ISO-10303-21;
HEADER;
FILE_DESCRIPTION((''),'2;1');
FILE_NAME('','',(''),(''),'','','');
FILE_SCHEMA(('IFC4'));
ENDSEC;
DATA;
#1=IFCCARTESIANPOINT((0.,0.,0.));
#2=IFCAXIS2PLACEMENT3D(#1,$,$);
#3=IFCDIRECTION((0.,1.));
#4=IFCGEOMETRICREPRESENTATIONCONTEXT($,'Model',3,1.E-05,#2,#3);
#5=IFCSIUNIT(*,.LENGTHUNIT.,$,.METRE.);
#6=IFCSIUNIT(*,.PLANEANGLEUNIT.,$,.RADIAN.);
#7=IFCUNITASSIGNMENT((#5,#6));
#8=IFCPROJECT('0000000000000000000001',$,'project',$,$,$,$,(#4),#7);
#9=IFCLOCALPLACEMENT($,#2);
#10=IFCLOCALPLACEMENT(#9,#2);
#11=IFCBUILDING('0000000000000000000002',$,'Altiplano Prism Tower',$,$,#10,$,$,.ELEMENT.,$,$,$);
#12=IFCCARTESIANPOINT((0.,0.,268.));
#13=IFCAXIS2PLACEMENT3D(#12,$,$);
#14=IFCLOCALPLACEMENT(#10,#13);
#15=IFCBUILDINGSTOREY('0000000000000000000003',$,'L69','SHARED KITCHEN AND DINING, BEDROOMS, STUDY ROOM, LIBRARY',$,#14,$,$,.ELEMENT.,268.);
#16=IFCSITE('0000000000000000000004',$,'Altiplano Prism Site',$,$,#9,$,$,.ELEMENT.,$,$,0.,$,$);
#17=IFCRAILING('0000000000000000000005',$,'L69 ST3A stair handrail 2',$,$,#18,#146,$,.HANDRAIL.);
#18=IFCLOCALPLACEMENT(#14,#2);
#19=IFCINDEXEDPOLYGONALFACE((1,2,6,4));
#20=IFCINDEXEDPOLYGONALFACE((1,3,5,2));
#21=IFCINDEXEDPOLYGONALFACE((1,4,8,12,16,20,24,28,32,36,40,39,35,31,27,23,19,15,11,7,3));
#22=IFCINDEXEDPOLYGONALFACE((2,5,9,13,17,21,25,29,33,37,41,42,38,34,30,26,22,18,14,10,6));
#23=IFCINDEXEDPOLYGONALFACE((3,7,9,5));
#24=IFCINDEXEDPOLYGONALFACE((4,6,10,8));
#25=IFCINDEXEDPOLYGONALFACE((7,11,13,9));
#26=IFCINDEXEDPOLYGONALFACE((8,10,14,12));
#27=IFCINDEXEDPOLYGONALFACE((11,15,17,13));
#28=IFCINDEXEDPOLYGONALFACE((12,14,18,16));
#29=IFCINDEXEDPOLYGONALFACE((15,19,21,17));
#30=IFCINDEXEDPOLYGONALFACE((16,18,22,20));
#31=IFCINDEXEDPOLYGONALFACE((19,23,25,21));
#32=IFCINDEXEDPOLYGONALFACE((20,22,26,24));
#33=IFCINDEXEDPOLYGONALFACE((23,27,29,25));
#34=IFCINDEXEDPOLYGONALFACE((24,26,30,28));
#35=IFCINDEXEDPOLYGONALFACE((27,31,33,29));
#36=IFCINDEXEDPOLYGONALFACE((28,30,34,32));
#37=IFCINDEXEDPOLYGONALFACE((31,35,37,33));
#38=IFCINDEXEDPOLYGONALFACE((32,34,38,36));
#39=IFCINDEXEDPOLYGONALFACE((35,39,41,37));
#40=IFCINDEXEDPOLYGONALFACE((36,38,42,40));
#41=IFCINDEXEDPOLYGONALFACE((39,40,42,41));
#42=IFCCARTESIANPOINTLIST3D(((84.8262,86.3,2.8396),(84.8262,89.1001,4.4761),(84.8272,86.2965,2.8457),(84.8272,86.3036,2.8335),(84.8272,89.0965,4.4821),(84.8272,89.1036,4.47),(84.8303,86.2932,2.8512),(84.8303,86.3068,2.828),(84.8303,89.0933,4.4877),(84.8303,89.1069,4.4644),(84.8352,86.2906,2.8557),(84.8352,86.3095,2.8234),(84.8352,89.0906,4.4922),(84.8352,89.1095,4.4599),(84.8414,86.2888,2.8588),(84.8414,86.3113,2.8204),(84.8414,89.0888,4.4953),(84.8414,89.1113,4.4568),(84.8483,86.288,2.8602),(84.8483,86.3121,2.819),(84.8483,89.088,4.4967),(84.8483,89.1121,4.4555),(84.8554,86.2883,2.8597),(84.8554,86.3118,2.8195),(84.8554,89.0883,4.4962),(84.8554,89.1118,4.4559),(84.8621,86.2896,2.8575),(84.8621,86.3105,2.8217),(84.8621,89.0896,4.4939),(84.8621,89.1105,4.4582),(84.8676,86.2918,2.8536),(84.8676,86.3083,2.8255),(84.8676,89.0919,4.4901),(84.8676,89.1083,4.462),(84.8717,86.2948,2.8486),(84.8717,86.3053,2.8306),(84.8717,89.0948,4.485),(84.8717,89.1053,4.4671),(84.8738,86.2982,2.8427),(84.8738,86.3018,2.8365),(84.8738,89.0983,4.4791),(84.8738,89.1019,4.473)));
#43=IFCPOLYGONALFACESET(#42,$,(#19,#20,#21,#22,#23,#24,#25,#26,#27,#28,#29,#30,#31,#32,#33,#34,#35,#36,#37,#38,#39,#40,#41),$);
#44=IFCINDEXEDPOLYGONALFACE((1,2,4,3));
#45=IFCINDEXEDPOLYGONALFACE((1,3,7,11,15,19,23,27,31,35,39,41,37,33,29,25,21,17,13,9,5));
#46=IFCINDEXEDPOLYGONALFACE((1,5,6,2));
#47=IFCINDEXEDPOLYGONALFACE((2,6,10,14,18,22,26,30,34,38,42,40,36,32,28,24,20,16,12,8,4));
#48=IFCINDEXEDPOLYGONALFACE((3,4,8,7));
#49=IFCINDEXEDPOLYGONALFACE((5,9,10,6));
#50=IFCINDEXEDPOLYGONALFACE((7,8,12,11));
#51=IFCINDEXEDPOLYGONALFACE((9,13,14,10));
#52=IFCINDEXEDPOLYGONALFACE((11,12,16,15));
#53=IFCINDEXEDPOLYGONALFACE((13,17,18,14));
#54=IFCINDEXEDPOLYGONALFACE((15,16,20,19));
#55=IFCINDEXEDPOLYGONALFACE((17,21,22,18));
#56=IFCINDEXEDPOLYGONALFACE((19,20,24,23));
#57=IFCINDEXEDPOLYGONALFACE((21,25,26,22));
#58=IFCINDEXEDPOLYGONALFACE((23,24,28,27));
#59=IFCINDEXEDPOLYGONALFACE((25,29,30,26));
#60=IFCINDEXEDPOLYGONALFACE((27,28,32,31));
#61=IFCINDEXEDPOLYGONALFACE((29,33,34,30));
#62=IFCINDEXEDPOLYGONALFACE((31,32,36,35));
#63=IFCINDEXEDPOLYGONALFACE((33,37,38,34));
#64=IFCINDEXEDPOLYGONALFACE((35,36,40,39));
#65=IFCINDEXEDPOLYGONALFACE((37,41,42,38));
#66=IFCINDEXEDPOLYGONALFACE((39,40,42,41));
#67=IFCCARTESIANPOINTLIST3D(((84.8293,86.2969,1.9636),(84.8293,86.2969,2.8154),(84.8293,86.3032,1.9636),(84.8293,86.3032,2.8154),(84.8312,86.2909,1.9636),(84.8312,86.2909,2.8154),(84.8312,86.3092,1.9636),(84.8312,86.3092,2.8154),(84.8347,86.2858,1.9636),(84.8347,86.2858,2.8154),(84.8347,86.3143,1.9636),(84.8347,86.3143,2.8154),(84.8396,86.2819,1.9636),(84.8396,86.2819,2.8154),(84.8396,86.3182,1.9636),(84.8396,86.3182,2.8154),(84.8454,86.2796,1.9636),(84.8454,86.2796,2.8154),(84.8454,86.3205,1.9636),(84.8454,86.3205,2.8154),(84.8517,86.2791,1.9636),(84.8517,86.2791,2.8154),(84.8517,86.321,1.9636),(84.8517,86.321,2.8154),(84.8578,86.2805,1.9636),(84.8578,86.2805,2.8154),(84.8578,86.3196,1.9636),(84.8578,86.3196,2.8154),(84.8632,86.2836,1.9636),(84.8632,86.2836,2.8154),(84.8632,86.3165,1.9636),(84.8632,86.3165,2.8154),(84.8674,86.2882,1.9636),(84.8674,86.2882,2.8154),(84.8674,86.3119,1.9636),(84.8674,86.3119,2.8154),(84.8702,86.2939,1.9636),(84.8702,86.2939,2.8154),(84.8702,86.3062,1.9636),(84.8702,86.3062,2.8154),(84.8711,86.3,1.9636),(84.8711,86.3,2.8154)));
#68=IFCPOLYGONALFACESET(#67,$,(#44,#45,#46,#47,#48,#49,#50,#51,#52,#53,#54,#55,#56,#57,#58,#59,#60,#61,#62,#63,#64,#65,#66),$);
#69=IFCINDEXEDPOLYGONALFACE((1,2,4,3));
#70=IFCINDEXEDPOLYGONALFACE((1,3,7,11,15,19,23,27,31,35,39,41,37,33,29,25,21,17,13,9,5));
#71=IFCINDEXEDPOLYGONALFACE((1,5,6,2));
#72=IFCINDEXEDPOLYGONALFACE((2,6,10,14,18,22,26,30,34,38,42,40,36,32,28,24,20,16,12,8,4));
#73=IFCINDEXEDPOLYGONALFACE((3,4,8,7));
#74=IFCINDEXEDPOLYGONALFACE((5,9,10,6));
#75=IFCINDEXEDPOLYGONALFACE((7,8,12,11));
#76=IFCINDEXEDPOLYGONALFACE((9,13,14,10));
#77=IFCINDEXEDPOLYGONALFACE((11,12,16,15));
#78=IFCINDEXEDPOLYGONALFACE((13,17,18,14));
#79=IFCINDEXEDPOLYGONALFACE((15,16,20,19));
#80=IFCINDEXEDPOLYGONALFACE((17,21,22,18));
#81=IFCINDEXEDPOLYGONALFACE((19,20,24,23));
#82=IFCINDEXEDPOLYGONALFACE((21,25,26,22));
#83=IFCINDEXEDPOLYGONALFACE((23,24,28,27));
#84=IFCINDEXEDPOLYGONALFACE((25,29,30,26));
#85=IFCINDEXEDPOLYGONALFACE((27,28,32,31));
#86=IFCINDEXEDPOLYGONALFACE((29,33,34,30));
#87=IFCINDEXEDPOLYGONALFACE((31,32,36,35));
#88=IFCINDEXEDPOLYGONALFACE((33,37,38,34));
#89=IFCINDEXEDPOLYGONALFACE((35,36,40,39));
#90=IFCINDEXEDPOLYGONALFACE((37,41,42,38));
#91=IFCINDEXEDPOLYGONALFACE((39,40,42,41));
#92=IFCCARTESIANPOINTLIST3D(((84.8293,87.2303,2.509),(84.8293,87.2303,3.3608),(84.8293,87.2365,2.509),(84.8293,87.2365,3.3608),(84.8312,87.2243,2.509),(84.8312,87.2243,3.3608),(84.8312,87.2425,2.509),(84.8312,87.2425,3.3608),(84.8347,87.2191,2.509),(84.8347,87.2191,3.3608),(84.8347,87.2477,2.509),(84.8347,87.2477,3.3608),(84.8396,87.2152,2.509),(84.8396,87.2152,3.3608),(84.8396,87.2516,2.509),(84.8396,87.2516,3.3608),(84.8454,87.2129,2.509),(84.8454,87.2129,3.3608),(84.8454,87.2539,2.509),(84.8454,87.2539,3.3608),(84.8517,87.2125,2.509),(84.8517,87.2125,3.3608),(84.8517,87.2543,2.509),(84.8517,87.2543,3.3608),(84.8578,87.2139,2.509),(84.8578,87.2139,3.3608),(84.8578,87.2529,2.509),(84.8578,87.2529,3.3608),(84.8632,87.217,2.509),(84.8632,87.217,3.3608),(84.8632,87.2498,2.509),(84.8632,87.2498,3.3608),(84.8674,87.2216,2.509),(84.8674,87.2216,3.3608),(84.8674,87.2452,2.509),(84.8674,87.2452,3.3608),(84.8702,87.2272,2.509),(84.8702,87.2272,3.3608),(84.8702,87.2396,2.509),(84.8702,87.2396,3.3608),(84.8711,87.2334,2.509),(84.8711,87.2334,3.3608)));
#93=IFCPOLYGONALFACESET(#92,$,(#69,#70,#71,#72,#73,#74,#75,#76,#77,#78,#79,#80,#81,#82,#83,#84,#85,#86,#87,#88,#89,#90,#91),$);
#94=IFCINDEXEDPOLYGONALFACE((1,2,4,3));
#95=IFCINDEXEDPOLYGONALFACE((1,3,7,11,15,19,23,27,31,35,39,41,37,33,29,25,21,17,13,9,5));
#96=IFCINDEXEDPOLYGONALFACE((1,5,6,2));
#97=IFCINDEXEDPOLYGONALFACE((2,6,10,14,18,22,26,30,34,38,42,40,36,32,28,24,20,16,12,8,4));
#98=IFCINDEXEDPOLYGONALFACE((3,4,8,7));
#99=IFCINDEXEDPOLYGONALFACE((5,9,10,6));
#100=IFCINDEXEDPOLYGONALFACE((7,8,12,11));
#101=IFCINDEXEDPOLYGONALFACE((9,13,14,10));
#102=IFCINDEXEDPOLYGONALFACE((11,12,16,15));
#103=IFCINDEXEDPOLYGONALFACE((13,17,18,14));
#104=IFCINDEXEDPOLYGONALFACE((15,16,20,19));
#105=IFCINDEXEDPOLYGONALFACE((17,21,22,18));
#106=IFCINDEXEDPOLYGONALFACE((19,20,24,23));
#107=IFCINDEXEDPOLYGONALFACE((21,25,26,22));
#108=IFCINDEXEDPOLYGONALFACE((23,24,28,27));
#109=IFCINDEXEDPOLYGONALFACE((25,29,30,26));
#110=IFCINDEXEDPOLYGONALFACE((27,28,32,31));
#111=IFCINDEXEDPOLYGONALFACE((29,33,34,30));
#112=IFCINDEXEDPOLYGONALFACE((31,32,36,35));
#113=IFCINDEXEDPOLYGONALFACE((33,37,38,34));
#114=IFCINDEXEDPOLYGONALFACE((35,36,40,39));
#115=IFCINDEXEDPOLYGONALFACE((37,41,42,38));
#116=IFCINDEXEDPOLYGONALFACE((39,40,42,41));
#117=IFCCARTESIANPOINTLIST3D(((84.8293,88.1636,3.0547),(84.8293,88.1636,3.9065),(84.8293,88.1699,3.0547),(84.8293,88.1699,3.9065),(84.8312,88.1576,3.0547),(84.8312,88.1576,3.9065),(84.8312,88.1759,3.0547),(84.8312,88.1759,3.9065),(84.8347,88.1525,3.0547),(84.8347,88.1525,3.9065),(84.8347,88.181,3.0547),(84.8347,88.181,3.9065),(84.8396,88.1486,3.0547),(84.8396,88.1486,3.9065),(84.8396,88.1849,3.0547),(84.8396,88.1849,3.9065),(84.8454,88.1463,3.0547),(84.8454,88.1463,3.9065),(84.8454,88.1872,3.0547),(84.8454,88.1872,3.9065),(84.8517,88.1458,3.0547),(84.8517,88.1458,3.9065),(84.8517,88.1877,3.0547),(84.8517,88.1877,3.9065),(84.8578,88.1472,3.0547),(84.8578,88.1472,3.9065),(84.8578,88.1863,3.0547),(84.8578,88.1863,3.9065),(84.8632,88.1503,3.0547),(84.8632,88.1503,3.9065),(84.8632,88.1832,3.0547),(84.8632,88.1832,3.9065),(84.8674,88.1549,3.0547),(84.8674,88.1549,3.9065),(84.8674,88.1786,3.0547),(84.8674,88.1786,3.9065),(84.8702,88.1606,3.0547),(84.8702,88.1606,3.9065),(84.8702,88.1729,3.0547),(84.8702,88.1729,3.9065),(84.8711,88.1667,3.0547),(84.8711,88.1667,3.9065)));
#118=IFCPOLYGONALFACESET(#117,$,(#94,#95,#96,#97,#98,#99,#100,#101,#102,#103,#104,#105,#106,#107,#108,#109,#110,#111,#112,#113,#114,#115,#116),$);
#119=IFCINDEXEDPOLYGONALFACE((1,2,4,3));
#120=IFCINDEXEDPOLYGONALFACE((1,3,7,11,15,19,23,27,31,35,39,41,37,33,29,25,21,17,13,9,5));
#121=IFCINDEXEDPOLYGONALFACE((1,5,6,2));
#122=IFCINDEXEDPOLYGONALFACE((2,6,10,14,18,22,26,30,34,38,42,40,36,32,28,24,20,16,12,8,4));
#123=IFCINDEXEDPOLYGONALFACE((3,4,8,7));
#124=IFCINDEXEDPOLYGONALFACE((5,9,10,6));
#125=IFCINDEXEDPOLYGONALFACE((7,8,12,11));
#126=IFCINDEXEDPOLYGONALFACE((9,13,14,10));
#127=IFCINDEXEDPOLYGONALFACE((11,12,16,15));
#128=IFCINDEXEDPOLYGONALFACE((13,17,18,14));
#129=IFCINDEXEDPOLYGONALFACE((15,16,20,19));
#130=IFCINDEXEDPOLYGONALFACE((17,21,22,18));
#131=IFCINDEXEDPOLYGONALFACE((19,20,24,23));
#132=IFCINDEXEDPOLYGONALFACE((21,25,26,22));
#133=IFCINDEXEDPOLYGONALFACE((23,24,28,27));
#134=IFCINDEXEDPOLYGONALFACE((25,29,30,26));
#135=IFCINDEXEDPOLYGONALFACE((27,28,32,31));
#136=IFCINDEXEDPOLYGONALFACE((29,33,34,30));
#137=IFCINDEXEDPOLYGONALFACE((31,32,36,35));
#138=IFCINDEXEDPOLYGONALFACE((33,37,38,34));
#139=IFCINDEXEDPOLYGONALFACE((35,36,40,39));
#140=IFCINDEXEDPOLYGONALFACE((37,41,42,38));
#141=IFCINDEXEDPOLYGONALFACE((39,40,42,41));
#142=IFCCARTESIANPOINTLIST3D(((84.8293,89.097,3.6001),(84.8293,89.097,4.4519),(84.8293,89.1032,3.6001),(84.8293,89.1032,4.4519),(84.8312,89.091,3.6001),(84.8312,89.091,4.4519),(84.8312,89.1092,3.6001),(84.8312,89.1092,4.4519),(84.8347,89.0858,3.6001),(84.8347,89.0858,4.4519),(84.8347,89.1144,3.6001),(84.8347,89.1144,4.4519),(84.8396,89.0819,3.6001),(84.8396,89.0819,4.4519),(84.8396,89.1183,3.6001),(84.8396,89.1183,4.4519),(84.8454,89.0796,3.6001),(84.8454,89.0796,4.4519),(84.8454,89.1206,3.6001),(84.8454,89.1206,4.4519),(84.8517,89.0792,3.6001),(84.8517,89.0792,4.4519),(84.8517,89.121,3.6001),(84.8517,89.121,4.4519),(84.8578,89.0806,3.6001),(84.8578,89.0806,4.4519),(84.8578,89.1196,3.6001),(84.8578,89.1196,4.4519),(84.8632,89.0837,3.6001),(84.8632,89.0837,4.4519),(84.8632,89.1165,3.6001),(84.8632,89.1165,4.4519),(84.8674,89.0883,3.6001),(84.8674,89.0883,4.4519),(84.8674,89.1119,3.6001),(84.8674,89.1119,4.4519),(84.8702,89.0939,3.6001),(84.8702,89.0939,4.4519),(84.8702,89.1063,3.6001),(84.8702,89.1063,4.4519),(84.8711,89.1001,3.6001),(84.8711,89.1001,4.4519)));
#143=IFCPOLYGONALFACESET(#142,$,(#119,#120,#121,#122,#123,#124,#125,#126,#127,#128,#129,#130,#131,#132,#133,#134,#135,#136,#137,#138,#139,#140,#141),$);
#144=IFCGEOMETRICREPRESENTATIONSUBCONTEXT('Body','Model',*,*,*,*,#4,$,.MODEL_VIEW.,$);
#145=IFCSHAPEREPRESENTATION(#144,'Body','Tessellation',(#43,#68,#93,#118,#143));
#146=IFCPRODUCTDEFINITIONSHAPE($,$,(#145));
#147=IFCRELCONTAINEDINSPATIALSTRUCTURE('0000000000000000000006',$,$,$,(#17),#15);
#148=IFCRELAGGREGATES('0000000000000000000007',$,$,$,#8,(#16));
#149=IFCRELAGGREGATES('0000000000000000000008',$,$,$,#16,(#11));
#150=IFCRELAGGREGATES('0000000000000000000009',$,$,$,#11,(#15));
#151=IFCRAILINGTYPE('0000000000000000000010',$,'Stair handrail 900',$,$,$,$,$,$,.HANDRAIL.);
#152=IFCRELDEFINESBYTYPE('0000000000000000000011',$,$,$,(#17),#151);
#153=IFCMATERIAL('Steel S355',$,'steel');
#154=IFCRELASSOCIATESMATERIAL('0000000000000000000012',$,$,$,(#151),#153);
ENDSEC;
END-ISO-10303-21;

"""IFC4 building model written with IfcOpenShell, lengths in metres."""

from ifc_helpers import new_model, si_unit, direction, frame, origin, origin_2d, place, context, subcontext, project, spatial, circle, extrude, material, type_object, element, save


model = new_model("IFC4")

# Units and contexts
model_context = context("Model", 3, precision=1e-05, world=origin(), true_north=direction((0.0, 1.0)))
body_context = subcontext(model_context, "Body", "Model", "MODEL_VIEW")
ifc_project = project(units=[si_unit("LENGTHUNIT", "METRE"), si_unit("PLANEANGLEUNIT", "RADIAN")], contexts=[model_context])

# Site, building, storey
site_placement = place(None, origin())
site = spatial("IfcSite", under=ifc_project, at=site_placement, Name="Altiplano Prism Site", CompositionType="ELEMENT", RefElevation=0.0)
building_placement = place(site_placement, origin())
building = spatial("IfcBuilding", under=site, at=building_placement, Name="Altiplano Prism Tower", CompositionType="ELEMENT")
storey_placement = place(building_placement, frame((0.0, 0.0, 268.0)))
storey = spatial("IfcBuildingStorey", under=building, at=storey_placement, Name="L69", Description="SHARED KITCHEN AND DINING, BEDROOMS, STUDY ROOM, LIBRARY", CompositionType="ELEMENT", Elevation=268.0)

# Railing
ifc_material_1 = material(Name="Steel S355", Category="steel")
railing_type_1 = type_object("IfcRailingType", Name="Stair handrail 900", PredefinedType="HANDRAIL", material=ifc_material_1)
railing_1_placement = place(storey_placement, frame((84.8501, 86.3, 1.9636)))
element("IfcRailing", 1, at=railing_1_placement, inside=storey, type_object=railing_type_1, Name="L69 ST3A stair handrail 2", PredefinedType="HANDRAIL", context=body_context, shape_type="SweptSolid", body=[
    extrude(circle(Radius=0.0239, at=origin_2d()), frame((0.0, 0.0, 0.876), z_axis=(0.0, 0.863361, 0.504587), x_axis=(-1.0, 0.0, 0.0)), (0.0, 0.0, 1.0), 3.2432),
    extrude(circle(Radius=0.021, at=origin_2d()), origin(), (0.0, 0.0, 1.0), 0.8518),
    extrude(circle(Radius=0.021, at=origin_2d()), frame((0.0, 0.9333, 0.5454)), (0.0, 0.0, 1.0), 0.8518),
    extrude(circle(Radius=0.021, at=origin_2d()), frame((0.0, 1.8667, 1.0911)), (0.0, 0.0, 1.0), 0.8518),
    extrude(circle(Radius=0.021, at=origin_2d()), frame((0.0, 2.8, 1.6365)), (0.0, 0.0, 1.0), 0.8518),
])

save(model, "model.ifc")
